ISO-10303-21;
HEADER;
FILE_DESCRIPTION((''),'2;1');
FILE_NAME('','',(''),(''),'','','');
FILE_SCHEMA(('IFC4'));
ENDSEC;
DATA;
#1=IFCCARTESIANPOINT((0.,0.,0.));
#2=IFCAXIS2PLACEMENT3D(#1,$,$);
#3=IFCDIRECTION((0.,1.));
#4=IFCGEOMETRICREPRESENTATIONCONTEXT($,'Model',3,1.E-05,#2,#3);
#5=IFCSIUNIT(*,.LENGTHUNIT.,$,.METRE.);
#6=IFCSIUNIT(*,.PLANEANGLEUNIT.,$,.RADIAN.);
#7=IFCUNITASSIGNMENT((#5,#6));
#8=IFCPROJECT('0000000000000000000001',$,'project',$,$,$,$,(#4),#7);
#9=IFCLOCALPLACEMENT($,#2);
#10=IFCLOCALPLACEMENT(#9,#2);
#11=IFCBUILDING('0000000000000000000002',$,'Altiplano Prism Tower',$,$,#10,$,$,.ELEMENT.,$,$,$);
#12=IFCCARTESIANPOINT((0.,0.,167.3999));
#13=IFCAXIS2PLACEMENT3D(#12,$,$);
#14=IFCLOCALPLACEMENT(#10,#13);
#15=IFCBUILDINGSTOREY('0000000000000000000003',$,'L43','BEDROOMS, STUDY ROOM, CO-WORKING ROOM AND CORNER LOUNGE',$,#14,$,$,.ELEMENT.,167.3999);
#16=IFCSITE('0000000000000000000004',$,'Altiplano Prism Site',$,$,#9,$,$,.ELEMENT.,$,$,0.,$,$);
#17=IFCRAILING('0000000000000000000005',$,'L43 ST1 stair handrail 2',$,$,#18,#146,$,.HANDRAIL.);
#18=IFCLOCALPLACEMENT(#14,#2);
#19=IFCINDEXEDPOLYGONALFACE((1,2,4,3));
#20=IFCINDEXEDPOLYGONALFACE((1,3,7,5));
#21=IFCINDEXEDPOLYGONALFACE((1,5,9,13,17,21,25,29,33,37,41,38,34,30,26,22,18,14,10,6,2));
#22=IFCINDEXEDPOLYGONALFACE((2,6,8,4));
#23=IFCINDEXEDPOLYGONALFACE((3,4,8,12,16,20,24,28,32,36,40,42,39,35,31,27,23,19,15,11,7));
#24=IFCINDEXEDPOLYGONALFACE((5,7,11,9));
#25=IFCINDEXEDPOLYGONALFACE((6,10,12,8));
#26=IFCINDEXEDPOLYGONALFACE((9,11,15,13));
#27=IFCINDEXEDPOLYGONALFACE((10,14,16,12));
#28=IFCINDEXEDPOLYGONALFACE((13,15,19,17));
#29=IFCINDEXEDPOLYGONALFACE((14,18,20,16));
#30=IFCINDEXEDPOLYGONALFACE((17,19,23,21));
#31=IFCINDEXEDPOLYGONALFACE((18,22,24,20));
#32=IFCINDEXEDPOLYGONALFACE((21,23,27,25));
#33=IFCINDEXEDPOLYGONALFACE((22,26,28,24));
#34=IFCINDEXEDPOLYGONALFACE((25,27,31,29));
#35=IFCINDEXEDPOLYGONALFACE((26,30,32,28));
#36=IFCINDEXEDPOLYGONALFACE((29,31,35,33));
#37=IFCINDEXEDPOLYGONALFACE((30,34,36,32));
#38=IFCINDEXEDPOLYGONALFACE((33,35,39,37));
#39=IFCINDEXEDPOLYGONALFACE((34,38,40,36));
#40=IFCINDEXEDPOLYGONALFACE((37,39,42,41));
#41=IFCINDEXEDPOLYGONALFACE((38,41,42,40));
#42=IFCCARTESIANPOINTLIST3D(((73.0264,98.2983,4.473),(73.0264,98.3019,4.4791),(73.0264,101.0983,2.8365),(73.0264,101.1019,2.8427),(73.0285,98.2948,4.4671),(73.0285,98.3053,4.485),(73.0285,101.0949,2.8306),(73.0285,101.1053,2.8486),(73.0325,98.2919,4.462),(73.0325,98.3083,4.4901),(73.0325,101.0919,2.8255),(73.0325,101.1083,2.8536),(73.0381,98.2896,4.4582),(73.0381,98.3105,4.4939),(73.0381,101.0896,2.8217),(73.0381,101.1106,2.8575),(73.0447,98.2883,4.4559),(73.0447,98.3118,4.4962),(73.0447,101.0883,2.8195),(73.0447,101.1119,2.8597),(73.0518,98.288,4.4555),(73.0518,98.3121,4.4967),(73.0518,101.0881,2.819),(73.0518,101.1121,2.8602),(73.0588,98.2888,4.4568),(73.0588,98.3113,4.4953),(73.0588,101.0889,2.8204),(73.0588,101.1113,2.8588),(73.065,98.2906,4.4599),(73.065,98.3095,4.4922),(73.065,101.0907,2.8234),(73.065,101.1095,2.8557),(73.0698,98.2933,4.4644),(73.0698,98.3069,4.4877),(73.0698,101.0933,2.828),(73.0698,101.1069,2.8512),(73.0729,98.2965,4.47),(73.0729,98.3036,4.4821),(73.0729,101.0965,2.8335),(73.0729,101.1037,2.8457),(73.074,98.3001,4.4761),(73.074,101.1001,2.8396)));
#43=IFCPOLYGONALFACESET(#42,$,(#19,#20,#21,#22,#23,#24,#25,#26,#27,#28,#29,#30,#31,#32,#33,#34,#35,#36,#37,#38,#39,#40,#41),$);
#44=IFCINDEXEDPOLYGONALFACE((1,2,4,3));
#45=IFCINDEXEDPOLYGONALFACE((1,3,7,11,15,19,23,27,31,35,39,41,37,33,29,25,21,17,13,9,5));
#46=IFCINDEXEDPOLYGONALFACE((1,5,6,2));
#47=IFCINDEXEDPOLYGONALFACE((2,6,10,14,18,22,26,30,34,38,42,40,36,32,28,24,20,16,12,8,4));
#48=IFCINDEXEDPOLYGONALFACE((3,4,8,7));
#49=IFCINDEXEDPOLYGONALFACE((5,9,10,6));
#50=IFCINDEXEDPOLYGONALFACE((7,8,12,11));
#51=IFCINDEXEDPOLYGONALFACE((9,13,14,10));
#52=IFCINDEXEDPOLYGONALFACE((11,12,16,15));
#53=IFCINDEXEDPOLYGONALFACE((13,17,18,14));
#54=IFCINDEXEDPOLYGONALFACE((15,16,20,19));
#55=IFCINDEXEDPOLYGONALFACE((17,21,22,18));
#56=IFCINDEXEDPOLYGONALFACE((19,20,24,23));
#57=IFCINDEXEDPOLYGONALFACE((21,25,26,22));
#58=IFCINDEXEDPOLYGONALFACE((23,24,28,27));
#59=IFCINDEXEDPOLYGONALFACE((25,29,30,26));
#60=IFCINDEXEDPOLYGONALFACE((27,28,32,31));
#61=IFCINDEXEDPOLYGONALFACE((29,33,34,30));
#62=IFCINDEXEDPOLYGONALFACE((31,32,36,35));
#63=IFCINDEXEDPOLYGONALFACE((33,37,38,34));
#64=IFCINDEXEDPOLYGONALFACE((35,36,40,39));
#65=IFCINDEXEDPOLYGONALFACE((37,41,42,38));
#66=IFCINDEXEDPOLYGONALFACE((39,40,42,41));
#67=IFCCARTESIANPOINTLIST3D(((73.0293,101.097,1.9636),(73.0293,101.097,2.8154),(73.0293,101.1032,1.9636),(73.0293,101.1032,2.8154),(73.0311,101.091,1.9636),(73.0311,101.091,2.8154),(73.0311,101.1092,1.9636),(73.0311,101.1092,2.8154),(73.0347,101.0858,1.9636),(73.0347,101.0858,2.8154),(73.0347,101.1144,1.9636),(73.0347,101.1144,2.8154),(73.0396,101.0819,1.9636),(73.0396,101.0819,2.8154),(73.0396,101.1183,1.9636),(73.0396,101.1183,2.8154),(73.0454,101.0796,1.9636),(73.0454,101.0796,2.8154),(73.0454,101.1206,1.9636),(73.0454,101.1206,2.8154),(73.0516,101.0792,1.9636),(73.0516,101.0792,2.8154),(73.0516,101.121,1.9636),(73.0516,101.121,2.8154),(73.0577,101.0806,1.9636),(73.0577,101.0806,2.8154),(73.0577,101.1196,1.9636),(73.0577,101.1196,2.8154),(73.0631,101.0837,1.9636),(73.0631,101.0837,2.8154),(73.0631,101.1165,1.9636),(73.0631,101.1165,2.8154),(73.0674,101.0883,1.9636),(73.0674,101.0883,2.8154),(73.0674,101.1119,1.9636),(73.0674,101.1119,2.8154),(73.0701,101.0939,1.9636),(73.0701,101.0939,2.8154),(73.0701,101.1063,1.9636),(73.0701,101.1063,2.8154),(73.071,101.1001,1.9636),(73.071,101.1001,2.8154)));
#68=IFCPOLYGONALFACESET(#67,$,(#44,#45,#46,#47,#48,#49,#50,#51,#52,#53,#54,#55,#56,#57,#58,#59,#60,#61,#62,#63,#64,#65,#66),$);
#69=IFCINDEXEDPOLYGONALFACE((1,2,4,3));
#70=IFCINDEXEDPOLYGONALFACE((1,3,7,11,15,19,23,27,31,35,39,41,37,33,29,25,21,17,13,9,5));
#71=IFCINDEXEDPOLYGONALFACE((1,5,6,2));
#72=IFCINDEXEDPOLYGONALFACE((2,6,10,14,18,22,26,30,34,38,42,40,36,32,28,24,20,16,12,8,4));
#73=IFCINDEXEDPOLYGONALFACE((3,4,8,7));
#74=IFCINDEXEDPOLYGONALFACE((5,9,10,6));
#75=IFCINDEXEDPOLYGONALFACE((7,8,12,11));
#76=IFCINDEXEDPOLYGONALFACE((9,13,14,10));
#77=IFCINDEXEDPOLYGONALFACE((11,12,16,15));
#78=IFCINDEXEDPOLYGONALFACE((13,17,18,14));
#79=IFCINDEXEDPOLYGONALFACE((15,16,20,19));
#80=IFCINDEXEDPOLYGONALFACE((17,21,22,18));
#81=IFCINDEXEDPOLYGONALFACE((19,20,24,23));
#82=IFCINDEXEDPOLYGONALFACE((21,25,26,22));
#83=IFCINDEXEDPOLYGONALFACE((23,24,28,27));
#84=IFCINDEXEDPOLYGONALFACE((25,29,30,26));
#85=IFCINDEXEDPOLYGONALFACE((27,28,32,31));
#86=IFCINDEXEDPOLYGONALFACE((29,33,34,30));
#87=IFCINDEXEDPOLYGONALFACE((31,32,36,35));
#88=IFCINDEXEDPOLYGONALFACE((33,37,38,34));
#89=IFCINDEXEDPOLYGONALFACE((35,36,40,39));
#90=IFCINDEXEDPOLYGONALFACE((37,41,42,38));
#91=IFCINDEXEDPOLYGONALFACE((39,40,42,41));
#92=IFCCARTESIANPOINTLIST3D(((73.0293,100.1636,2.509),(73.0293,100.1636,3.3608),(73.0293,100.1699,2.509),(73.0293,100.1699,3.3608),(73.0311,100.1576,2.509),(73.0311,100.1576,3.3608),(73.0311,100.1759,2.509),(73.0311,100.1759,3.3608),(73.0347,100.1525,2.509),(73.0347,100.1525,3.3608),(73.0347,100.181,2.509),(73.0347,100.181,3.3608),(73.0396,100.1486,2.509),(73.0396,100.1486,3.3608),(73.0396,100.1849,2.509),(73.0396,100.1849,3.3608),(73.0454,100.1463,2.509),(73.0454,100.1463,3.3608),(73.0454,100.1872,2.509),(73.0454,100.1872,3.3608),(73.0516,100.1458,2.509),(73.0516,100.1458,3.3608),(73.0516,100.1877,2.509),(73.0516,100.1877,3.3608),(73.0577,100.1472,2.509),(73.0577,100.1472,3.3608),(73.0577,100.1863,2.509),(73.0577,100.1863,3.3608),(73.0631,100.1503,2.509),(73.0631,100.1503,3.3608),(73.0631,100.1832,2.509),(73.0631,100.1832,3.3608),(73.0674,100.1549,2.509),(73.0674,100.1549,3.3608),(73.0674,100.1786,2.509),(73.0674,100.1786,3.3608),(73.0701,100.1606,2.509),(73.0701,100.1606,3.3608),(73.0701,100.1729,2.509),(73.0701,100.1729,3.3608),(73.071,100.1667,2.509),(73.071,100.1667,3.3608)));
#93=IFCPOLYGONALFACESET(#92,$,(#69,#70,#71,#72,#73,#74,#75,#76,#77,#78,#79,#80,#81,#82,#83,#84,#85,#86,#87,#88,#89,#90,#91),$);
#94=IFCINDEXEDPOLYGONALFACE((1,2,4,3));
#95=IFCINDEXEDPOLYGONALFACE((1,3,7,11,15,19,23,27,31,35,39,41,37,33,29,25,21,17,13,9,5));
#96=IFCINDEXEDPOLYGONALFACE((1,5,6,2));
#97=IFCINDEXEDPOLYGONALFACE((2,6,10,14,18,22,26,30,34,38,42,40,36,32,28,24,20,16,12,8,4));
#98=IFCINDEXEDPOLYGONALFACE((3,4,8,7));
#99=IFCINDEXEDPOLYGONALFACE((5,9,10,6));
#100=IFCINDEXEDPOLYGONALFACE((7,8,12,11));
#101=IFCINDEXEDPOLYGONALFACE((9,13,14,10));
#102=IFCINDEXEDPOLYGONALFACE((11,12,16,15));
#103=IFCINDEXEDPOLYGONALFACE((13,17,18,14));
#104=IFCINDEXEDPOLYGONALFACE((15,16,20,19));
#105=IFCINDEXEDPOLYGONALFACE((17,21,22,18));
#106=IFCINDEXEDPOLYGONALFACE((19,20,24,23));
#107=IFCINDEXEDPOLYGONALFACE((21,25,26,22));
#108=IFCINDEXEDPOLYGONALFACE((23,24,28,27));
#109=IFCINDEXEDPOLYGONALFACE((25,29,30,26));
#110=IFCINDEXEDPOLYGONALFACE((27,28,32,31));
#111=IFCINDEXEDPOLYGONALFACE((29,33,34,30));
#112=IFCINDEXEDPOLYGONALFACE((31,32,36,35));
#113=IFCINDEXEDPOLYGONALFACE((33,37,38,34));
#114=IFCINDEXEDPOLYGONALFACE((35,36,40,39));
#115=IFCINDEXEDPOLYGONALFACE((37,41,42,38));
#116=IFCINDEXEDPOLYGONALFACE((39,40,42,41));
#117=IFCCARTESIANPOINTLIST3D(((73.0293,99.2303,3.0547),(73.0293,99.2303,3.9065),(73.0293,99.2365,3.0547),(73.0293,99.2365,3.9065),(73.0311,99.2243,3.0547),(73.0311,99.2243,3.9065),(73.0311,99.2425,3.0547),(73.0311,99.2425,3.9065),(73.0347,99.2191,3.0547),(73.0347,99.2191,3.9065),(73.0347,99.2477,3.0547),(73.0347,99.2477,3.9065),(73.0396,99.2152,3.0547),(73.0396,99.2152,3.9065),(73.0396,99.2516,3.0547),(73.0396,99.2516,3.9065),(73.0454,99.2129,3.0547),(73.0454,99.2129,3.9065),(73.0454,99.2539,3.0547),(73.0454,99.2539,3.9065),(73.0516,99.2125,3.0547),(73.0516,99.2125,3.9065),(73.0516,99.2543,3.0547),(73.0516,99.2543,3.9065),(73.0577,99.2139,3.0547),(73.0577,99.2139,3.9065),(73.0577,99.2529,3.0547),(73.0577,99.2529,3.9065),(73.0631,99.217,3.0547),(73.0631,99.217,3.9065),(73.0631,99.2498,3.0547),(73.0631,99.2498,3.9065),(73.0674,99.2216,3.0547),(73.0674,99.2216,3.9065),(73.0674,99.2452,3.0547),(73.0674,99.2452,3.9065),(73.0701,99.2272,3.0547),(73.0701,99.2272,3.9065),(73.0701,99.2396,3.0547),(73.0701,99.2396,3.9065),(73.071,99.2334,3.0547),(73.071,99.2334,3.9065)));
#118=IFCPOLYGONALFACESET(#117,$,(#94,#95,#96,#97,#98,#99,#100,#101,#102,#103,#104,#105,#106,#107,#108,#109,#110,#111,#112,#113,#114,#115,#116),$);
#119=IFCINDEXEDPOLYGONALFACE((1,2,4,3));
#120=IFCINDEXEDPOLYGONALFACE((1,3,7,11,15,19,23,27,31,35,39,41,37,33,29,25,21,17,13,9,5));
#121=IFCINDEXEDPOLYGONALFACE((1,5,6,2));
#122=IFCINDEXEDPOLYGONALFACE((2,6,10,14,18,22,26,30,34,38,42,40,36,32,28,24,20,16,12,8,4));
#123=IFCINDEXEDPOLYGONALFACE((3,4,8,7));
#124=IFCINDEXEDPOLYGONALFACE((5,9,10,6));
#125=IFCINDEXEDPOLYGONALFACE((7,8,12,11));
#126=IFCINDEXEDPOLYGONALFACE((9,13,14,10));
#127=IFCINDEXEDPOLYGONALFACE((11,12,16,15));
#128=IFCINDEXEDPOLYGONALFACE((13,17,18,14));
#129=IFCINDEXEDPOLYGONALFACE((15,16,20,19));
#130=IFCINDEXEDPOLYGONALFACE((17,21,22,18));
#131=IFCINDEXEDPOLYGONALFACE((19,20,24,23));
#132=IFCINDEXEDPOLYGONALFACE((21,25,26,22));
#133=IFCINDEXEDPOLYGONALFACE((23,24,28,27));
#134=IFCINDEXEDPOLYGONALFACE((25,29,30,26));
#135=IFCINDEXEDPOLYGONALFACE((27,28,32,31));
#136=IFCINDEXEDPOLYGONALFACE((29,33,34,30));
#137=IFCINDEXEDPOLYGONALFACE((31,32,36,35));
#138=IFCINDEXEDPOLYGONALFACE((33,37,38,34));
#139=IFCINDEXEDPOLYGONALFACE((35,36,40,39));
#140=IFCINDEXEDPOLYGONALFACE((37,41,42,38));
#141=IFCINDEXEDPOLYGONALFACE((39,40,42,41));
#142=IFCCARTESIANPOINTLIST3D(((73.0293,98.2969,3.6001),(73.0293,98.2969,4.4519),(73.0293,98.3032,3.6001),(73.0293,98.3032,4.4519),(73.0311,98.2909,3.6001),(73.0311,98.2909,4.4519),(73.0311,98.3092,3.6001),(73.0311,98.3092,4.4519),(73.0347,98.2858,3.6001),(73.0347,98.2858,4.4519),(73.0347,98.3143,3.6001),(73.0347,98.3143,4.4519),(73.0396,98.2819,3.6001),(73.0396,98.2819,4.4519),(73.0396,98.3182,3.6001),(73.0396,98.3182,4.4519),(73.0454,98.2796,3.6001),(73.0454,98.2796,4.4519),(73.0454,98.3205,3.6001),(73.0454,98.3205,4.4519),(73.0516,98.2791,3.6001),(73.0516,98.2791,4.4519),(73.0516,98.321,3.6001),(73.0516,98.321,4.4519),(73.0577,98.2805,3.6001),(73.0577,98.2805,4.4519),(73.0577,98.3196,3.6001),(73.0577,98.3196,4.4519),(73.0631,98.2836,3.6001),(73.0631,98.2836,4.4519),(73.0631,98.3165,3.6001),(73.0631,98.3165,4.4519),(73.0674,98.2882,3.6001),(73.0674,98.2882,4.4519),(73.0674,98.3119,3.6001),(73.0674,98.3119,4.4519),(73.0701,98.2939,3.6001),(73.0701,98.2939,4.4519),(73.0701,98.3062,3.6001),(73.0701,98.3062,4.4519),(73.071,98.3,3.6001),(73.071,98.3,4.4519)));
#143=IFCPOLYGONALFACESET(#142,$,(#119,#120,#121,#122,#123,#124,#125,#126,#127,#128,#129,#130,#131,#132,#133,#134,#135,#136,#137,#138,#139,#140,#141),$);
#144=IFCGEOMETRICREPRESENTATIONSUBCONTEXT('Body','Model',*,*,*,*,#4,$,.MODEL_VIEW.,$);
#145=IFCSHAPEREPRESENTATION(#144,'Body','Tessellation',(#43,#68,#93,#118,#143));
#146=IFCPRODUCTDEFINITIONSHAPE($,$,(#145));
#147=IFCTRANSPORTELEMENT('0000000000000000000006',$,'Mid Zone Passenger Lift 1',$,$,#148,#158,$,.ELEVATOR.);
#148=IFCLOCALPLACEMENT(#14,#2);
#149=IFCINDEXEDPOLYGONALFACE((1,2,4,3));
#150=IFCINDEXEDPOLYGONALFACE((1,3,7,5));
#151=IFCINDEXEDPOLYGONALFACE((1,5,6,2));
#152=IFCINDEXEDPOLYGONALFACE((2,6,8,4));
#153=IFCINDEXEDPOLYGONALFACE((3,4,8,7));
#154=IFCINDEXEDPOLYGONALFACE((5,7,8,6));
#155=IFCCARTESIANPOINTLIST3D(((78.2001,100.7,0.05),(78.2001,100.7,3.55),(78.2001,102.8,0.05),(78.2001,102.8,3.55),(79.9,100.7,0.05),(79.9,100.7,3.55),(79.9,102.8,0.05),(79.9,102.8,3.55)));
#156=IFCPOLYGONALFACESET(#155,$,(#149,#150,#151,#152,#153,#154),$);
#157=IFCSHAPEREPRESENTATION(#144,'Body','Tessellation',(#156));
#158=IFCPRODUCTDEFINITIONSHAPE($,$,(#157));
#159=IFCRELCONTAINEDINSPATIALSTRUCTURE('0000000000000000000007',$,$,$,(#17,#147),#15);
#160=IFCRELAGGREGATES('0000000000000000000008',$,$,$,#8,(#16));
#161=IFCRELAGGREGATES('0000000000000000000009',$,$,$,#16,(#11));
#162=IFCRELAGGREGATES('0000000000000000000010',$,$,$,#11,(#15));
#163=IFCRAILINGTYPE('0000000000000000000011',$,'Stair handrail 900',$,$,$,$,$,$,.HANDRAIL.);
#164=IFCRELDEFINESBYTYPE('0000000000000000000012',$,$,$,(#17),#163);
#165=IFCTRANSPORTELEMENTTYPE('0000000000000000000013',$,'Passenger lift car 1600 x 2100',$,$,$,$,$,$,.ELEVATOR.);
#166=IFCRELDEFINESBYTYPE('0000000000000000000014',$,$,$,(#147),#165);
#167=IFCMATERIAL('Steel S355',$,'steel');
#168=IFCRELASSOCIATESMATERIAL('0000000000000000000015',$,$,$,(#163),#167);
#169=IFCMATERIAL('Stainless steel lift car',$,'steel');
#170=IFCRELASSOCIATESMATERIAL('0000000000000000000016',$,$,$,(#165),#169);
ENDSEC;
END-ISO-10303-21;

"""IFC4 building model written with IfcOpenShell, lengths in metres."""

from ifc_helpers import new_model, si_unit, direction, frame, origin, origin_2d, place, context, subcontext, project, spatial, rectangle, circle, extrude, material, type_object, element, save


model = new_model("IFC4")

# Units and contexts
model_context = context("Model", 3, precision=1e-05, world=origin(), true_north=direction((0.0, 1.0)))
body_context = subcontext(model_context, "Body", "Model", "MODEL_VIEW")
ifc_project = project(units=[si_unit("LENGTHUNIT", "METRE"), si_unit("PLANEANGLEUNIT", "RADIAN")], contexts=[model_context])

# Site, building, storey
site_placement = place(None, origin())
site = spatial("IfcSite", under=ifc_project, at=site_placement, Name="Altiplano Prism Site", CompositionType="ELEMENT", RefElevation=0.0)
building_placement = place(site_placement, origin())
building = spatial("IfcBuilding", under=site, at=building_placement, Name="Altiplano Prism Tower", CompositionType="ELEMENT")
storey_placement = place(building_placement, frame((0.0, 0.0, 167.3999)))
storey = spatial("IfcBuildingStorey", under=building, at=storey_placement, Name="L43", Description="BEDROOMS, STUDY ROOM, CO-WORKING ROOM AND CORNER LOUNGE", CompositionType="ELEMENT", Elevation=167.3999)

# Railing
ifc_material_1 = material(Name="Steel S355", Category="steel")
railing_type_1 = type_object("IfcRailingType", Name="Stair handrail 900", PredefinedType="HANDRAIL", material=ifc_material_1)
railing_1_placement = place(storey_placement, frame((73.05, 101.1001, 1.9636)))
element("IfcRailing", 1, at=railing_1_placement, inside=storey, type_object=railing_type_1, Name="L43 ST1 stair handrail 2", PredefinedType="HANDRAIL", context=body_context, shape_type="SweptSolid", body=[
    extrude(circle(Radius=0.0239, at=origin_2d()), frame((0.0, 0.0, 0.876), z_axis=(0.0, -0.863361, 0.504587), x_axis=(1.0, 0.0, 0.0)), (0.0, 0.0, 1.0), 3.2432),
    extrude(circle(Radius=0.021, at=origin_2d()), origin(), (0.0, 0.0, 1.0), 0.8518),
    extrude(circle(Radius=0.021, at=origin_2d()), frame((0.0, -0.9333, 0.5454)), (0.0, 0.0, 1.0), 0.8518),
    extrude(circle(Radius=0.021, at=origin_2d()), frame((0.0, -1.8667, 1.0911)), (0.0, 0.0, 1.0), 0.8518),
    extrude(circle(Radius=0.021, at=origin_2d()), frame((0.0, -2.8, 1.6365)), (0.0, 0.0, 1.0), 0.8518),
])

# Transport element
ifc_material_2 = material(Name="Stainless steel lift car", Category="steel")
transport_element_type = type_object("IfcTransportElementType", Name="Passenger lift car 1600 x 2100", PredefinedType="ELEVATOR", material=ifc_material_2)
transport_element_placement = place(storey_placement, frame((79.05, 101.75, 0.05), z_axis=(0.0, 0.0, 1.0), x_axis=(1.0, 0.0, 0.0)))
element("IfcTransportElement", 2, at=transport_element_placement, inside=storey, type_object=transport_element_type, Name="Mid Zone Passenger Lift 1", PredefinedType="ELEVATOR", context=body_context, shape_type="SweptSolid", body=[
    extrude(rectangle(XDim=1.7, YDim=2.1001, at=origin_2d()), origin(), (0.0, 0.0, 1.0), 3.5),
])

save(model, "model.ifc")
